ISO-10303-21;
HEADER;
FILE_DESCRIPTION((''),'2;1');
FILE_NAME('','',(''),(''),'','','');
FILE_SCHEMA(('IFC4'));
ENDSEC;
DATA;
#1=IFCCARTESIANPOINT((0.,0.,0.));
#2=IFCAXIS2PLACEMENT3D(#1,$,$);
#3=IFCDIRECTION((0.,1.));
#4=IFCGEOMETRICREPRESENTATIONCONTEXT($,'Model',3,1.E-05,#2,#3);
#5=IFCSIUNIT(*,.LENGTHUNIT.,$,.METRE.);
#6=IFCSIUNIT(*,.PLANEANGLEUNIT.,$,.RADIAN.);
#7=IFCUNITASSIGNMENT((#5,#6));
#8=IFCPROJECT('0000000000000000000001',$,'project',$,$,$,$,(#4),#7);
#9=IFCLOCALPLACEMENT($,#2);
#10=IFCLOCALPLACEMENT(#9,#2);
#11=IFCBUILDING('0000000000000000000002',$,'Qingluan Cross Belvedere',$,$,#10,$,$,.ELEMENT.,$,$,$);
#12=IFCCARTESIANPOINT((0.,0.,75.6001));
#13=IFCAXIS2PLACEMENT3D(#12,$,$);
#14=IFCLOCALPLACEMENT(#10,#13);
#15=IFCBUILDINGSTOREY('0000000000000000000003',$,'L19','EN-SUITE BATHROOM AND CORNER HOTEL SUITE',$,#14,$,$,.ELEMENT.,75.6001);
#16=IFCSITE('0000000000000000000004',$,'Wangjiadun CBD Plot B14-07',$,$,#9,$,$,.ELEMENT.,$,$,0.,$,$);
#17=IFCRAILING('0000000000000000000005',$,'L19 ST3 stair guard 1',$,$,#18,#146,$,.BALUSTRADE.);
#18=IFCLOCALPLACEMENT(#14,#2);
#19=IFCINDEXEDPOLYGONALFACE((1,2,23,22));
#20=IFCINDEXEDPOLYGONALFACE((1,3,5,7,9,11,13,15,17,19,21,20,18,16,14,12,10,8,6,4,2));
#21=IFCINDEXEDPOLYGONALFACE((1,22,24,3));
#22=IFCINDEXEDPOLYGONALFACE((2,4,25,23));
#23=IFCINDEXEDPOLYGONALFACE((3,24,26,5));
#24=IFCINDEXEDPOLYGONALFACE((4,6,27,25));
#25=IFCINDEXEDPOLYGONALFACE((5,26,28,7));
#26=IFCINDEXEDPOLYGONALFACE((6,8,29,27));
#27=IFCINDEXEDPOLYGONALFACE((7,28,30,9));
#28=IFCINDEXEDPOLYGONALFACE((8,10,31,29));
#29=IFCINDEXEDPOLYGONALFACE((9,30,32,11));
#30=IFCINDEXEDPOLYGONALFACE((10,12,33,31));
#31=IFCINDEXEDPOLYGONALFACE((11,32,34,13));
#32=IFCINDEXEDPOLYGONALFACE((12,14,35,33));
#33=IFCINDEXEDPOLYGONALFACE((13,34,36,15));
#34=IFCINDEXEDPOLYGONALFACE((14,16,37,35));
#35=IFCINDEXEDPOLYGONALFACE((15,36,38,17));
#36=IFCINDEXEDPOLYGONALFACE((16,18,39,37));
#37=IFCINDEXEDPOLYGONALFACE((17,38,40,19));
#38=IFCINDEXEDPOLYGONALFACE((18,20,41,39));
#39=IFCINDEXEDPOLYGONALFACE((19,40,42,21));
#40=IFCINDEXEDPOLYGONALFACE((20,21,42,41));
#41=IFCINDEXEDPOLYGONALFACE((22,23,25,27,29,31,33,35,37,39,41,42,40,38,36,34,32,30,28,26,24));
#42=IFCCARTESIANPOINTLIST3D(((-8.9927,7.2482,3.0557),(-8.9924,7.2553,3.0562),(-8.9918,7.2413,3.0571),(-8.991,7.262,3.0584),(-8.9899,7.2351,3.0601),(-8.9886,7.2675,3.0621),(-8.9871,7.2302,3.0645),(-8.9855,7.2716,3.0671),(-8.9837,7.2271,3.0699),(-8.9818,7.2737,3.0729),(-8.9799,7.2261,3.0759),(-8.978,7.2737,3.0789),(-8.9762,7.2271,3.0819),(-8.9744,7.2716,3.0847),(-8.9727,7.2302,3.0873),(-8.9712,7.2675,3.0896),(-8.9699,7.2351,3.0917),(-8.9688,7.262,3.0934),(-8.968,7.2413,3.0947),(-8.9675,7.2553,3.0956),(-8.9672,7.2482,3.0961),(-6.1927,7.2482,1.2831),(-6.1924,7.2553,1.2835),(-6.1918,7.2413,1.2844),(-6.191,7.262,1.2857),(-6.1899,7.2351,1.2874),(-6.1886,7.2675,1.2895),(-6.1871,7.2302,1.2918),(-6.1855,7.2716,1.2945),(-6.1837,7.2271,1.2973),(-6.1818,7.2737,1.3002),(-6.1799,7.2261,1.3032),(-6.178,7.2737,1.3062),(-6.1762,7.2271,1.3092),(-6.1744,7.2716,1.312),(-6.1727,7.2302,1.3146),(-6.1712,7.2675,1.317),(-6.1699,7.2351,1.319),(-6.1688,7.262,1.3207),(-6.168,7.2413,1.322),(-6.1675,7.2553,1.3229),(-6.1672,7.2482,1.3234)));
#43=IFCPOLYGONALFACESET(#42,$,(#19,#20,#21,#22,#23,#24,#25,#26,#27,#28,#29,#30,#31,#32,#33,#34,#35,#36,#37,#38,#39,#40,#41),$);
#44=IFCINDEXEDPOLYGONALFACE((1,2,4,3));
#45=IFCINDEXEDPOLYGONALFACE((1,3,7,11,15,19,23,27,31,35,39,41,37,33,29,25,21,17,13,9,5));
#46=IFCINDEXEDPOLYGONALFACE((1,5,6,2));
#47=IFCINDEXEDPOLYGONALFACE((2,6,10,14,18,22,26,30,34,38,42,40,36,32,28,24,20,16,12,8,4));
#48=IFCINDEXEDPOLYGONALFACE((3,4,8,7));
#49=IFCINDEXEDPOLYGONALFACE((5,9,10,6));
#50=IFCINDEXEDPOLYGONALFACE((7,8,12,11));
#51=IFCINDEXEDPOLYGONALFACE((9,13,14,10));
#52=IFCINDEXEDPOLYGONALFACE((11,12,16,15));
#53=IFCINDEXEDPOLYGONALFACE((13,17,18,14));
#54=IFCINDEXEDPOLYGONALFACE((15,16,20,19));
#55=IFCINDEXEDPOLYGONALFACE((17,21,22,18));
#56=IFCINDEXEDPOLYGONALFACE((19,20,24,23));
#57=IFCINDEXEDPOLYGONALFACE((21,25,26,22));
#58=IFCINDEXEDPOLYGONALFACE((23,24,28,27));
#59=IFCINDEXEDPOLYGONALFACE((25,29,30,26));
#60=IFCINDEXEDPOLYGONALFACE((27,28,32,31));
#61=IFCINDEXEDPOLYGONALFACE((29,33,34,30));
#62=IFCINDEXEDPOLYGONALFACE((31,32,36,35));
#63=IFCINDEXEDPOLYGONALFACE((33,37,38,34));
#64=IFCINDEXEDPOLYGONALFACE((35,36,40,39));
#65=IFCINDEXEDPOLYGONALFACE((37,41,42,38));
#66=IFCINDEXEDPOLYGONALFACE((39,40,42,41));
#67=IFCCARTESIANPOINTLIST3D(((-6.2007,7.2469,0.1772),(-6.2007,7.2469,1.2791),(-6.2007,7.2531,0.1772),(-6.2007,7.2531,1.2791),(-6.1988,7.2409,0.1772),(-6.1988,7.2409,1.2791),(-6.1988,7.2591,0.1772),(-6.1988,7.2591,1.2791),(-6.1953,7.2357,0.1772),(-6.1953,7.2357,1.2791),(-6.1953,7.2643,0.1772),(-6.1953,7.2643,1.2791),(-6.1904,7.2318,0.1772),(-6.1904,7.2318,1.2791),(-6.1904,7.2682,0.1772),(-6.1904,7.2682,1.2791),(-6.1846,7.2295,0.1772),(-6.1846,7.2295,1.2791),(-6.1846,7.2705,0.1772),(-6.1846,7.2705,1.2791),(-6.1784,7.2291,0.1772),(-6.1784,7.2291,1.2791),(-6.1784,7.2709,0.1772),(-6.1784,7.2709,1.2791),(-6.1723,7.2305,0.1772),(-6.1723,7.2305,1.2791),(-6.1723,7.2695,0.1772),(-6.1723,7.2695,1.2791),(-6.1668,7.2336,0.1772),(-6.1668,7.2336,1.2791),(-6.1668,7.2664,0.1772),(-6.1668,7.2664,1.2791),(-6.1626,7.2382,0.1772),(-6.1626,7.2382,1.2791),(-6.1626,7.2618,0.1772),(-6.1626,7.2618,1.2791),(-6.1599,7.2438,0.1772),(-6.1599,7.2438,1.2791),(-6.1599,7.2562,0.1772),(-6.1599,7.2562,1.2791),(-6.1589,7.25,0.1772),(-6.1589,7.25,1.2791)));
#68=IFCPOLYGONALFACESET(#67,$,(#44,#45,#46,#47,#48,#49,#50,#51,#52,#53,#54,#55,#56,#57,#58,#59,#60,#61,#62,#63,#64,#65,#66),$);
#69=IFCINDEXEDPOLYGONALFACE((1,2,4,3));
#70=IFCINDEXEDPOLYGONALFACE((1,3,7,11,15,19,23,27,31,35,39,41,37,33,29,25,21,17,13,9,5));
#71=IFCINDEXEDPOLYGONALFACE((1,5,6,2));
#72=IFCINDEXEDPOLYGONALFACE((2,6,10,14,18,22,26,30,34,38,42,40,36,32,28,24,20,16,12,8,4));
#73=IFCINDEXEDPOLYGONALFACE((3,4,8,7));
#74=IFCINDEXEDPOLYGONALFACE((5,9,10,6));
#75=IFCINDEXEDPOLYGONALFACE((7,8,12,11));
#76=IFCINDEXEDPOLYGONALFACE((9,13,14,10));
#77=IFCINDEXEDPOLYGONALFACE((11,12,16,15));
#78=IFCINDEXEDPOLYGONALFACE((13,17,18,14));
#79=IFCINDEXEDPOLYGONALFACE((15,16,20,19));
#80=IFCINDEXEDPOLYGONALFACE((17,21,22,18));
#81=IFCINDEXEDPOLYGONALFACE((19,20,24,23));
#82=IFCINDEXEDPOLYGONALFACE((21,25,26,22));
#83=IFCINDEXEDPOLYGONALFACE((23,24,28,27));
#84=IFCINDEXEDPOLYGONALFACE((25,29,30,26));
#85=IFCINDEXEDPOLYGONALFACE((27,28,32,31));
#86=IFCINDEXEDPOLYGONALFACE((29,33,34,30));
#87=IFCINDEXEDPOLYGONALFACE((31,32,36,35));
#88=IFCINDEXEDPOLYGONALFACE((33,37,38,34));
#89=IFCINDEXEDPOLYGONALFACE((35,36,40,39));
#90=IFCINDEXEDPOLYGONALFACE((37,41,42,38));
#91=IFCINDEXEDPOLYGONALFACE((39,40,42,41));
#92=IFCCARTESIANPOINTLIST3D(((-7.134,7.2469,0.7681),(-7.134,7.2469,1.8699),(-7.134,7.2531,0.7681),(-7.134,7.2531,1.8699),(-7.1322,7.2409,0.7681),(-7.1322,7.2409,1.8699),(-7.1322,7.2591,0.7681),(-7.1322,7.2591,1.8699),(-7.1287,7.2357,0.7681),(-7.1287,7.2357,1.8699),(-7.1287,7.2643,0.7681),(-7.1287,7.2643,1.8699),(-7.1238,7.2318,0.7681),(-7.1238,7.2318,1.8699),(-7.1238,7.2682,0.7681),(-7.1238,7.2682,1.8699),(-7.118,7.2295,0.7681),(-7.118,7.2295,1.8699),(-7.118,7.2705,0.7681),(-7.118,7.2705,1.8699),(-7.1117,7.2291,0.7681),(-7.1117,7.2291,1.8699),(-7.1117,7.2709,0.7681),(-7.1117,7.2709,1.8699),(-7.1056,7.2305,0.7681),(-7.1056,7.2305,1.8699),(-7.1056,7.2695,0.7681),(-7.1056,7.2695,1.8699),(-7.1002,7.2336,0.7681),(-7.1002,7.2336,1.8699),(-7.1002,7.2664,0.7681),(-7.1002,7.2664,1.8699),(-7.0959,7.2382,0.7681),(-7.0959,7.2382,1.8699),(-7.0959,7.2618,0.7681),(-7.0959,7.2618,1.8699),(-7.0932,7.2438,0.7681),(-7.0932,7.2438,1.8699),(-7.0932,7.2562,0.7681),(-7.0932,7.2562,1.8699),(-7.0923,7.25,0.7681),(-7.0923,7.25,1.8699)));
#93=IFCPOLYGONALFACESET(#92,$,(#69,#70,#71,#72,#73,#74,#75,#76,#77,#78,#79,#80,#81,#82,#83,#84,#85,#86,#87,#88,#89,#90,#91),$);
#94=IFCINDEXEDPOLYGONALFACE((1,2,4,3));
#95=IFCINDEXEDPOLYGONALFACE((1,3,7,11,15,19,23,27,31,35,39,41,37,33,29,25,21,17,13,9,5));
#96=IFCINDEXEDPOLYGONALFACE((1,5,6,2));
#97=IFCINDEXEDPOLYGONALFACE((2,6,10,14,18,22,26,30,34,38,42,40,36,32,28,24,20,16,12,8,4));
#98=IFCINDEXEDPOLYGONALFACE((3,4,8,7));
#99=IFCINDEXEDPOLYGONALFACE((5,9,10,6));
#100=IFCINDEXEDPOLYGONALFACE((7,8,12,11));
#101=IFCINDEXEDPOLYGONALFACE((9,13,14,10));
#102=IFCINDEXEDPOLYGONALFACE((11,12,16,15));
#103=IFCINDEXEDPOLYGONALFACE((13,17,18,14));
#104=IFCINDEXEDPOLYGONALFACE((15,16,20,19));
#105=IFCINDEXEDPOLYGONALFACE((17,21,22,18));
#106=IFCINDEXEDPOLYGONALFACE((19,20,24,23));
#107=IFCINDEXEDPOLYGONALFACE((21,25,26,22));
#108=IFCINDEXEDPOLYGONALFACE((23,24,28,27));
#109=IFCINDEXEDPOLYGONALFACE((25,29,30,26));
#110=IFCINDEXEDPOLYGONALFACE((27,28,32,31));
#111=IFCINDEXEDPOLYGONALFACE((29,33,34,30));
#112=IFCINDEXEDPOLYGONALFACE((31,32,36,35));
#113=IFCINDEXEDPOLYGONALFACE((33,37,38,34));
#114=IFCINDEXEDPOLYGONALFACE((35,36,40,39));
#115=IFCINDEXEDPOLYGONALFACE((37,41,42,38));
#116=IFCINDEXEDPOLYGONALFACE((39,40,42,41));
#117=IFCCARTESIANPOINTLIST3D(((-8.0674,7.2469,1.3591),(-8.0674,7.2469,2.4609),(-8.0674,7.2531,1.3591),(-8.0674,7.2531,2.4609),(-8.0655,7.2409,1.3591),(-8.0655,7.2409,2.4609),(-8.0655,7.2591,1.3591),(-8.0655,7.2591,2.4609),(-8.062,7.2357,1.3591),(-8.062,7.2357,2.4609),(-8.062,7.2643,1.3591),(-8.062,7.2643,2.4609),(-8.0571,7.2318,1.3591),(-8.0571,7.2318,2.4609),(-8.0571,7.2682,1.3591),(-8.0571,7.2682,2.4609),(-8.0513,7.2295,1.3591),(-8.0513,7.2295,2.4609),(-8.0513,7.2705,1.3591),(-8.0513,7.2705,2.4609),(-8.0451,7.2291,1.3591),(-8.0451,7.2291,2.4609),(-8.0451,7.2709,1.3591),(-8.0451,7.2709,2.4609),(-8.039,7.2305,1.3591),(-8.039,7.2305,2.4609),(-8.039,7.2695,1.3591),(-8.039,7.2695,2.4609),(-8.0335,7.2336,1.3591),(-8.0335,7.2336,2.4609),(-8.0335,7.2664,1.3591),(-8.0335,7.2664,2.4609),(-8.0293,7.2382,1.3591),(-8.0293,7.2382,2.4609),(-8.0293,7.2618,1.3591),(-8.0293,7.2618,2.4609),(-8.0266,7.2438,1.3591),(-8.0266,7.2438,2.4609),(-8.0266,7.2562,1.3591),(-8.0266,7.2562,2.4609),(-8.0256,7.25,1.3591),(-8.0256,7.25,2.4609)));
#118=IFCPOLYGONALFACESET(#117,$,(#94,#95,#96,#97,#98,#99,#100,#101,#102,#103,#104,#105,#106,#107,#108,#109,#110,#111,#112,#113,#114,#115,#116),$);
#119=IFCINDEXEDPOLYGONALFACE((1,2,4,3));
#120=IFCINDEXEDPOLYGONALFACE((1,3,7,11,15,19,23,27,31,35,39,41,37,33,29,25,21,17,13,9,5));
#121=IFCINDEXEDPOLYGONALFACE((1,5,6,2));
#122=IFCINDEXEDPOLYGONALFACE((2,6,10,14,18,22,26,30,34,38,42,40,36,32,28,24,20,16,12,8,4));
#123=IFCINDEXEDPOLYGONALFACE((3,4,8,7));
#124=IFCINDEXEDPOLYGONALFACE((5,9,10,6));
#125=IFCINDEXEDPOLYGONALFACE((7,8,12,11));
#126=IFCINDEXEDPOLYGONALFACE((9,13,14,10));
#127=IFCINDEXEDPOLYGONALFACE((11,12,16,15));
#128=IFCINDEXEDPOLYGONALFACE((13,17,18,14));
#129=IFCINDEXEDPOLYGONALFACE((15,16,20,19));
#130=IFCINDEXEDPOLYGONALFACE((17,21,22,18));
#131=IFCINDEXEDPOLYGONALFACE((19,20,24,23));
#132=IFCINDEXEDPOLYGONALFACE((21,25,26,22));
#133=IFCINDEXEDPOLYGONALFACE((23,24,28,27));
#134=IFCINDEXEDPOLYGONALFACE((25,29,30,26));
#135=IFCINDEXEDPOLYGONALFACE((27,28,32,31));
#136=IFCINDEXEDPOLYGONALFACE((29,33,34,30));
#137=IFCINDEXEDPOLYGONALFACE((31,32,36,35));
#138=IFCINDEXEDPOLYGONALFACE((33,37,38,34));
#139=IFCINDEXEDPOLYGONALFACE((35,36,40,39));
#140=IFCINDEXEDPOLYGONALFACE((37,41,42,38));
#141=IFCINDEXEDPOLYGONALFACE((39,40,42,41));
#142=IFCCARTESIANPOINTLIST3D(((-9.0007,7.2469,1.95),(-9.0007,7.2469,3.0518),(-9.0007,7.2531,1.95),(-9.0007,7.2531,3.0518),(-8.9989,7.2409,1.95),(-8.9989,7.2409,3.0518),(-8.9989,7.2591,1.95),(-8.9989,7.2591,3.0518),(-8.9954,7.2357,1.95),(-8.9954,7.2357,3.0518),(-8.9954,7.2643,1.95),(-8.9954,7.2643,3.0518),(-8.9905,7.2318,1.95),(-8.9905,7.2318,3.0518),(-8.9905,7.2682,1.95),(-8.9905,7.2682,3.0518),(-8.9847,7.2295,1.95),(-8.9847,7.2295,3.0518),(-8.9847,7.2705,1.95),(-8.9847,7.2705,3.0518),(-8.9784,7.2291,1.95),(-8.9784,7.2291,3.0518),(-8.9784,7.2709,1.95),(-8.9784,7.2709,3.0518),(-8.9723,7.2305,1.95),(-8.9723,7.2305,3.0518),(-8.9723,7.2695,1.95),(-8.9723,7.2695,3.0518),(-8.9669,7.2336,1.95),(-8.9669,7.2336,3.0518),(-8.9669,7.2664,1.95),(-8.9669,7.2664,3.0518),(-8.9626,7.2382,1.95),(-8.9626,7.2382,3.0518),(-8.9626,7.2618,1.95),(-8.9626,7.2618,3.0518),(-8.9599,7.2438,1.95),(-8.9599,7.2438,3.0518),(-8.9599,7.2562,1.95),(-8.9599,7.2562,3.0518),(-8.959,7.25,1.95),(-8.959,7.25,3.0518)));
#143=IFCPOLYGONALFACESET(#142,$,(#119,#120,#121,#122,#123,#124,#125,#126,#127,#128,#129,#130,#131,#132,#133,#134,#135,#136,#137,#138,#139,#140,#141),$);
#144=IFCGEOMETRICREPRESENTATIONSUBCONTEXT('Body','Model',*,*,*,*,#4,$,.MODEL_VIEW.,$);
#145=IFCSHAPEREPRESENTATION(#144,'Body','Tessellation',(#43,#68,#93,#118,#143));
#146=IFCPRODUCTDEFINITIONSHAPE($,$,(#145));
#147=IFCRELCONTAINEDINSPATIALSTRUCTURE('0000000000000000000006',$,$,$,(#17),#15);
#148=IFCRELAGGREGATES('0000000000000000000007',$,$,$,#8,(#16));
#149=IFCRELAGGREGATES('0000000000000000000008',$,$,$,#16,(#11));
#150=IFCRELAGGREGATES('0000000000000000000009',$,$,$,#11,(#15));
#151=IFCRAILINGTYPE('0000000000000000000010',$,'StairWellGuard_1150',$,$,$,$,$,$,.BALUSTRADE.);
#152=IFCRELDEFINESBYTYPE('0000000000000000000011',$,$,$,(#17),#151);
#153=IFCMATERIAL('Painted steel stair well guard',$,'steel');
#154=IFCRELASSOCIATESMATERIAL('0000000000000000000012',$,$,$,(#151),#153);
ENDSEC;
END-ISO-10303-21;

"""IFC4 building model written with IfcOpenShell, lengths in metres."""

from ifc_helpers import new_model, si_unit, direction, frame, origin, origin_2d, place, context, subcontext, project, spatial, circle, extrude, material, type_object, element, save


model = new_model("IFC4")

# Units and contexts
model_context = context("Model", 3, precision=1e-05, world=origin(), true_north=direction((0.0, 1.0)))
body_context = subcontext(model_context, "Body", "Model", "MODEL_VIEW")
ifc_project = project(units=[si_unit("LENGTHUNIT", "METRE"), si_unit("PLANEANGLEUNIT", "RADIAN")], contexts=[model_context])

# Site, building, storey
site_placement = place(None, origin())
site = spatial("IfcSite", under=ifc_project, at=site_placement, Name="Wangjiadun CBD Plot B14-07", CompositionType="ELEMENT", RefElevation=0.0)
building_placement = place(site_placement, origin())
building = spatial("IfcBuilding", under=site, at=building_placement, Name="Qingluan Cross Belvedere", CompositionType="ELEMENT")
storey_placement = place(building_placement, frame((0.0, 0.0, 75.6001)))
storey = spatial("IfcBuildingStorey", under=building, at=storey_placement, Name="L19", Description="EN-SUITE BATHROOM AND CORNER HOTEL SUITE", CompositionType="ELEMENT", Elevation=75.6001)

# Railing
ifc_material_1 = material(Name="Painted steel stair well guard", Category="steel")
railing_type_1 = type_object("IfcRailingType", Name="StairWellGuard_1150", PredefinedType="BALUSTRADE", material=ifc_material_1)
railing_1_placement = place(storey_placement, frame((-6.1799, 7.25, 0.1772)))
element("IfcRailing", 1, at=railing_1_placement, inside=storey, type_object=railing_type_1, Name="L19 ST3 stair guard 1", PredefinedType="BALUSTRADE", context=body_context, shape_type="SweptSolid", body=[
    extrude(circle(Radius=0.0239, at=origin_2d()), frame((0.0, 0.0, 1.126), z_axis=(-0.844909, 0.0, 0.53491), x_axis=(0.0, -1.0, 0.0)), (0.0, 0.0, 1.0), 3.314),
    extrude(circle(Radius=0.021, at=origin_2d()), origin(), (0.0, 0.0, 1.0), 1.1018),
    extrude(circle(Radius=0.021, at=origin_2d()), frame((-0.9333, 0.0, 0.5908)), (0.0, 0.0, 1.0), 1.1018),
    extrude(circle(Radius=0.021, at=origin_2d()), frame((-1.8667, 0.0, 1.1819)), (0.0, 0.0, 1.0), 1.1018),
    extrude(circle(Radius=0.021, at=origin_2d()), frame((-2.8, 0.0, 1.7727)), (0.0, 0.0, 1.0), 1.1018),
])

save(model, "model.ifc")
